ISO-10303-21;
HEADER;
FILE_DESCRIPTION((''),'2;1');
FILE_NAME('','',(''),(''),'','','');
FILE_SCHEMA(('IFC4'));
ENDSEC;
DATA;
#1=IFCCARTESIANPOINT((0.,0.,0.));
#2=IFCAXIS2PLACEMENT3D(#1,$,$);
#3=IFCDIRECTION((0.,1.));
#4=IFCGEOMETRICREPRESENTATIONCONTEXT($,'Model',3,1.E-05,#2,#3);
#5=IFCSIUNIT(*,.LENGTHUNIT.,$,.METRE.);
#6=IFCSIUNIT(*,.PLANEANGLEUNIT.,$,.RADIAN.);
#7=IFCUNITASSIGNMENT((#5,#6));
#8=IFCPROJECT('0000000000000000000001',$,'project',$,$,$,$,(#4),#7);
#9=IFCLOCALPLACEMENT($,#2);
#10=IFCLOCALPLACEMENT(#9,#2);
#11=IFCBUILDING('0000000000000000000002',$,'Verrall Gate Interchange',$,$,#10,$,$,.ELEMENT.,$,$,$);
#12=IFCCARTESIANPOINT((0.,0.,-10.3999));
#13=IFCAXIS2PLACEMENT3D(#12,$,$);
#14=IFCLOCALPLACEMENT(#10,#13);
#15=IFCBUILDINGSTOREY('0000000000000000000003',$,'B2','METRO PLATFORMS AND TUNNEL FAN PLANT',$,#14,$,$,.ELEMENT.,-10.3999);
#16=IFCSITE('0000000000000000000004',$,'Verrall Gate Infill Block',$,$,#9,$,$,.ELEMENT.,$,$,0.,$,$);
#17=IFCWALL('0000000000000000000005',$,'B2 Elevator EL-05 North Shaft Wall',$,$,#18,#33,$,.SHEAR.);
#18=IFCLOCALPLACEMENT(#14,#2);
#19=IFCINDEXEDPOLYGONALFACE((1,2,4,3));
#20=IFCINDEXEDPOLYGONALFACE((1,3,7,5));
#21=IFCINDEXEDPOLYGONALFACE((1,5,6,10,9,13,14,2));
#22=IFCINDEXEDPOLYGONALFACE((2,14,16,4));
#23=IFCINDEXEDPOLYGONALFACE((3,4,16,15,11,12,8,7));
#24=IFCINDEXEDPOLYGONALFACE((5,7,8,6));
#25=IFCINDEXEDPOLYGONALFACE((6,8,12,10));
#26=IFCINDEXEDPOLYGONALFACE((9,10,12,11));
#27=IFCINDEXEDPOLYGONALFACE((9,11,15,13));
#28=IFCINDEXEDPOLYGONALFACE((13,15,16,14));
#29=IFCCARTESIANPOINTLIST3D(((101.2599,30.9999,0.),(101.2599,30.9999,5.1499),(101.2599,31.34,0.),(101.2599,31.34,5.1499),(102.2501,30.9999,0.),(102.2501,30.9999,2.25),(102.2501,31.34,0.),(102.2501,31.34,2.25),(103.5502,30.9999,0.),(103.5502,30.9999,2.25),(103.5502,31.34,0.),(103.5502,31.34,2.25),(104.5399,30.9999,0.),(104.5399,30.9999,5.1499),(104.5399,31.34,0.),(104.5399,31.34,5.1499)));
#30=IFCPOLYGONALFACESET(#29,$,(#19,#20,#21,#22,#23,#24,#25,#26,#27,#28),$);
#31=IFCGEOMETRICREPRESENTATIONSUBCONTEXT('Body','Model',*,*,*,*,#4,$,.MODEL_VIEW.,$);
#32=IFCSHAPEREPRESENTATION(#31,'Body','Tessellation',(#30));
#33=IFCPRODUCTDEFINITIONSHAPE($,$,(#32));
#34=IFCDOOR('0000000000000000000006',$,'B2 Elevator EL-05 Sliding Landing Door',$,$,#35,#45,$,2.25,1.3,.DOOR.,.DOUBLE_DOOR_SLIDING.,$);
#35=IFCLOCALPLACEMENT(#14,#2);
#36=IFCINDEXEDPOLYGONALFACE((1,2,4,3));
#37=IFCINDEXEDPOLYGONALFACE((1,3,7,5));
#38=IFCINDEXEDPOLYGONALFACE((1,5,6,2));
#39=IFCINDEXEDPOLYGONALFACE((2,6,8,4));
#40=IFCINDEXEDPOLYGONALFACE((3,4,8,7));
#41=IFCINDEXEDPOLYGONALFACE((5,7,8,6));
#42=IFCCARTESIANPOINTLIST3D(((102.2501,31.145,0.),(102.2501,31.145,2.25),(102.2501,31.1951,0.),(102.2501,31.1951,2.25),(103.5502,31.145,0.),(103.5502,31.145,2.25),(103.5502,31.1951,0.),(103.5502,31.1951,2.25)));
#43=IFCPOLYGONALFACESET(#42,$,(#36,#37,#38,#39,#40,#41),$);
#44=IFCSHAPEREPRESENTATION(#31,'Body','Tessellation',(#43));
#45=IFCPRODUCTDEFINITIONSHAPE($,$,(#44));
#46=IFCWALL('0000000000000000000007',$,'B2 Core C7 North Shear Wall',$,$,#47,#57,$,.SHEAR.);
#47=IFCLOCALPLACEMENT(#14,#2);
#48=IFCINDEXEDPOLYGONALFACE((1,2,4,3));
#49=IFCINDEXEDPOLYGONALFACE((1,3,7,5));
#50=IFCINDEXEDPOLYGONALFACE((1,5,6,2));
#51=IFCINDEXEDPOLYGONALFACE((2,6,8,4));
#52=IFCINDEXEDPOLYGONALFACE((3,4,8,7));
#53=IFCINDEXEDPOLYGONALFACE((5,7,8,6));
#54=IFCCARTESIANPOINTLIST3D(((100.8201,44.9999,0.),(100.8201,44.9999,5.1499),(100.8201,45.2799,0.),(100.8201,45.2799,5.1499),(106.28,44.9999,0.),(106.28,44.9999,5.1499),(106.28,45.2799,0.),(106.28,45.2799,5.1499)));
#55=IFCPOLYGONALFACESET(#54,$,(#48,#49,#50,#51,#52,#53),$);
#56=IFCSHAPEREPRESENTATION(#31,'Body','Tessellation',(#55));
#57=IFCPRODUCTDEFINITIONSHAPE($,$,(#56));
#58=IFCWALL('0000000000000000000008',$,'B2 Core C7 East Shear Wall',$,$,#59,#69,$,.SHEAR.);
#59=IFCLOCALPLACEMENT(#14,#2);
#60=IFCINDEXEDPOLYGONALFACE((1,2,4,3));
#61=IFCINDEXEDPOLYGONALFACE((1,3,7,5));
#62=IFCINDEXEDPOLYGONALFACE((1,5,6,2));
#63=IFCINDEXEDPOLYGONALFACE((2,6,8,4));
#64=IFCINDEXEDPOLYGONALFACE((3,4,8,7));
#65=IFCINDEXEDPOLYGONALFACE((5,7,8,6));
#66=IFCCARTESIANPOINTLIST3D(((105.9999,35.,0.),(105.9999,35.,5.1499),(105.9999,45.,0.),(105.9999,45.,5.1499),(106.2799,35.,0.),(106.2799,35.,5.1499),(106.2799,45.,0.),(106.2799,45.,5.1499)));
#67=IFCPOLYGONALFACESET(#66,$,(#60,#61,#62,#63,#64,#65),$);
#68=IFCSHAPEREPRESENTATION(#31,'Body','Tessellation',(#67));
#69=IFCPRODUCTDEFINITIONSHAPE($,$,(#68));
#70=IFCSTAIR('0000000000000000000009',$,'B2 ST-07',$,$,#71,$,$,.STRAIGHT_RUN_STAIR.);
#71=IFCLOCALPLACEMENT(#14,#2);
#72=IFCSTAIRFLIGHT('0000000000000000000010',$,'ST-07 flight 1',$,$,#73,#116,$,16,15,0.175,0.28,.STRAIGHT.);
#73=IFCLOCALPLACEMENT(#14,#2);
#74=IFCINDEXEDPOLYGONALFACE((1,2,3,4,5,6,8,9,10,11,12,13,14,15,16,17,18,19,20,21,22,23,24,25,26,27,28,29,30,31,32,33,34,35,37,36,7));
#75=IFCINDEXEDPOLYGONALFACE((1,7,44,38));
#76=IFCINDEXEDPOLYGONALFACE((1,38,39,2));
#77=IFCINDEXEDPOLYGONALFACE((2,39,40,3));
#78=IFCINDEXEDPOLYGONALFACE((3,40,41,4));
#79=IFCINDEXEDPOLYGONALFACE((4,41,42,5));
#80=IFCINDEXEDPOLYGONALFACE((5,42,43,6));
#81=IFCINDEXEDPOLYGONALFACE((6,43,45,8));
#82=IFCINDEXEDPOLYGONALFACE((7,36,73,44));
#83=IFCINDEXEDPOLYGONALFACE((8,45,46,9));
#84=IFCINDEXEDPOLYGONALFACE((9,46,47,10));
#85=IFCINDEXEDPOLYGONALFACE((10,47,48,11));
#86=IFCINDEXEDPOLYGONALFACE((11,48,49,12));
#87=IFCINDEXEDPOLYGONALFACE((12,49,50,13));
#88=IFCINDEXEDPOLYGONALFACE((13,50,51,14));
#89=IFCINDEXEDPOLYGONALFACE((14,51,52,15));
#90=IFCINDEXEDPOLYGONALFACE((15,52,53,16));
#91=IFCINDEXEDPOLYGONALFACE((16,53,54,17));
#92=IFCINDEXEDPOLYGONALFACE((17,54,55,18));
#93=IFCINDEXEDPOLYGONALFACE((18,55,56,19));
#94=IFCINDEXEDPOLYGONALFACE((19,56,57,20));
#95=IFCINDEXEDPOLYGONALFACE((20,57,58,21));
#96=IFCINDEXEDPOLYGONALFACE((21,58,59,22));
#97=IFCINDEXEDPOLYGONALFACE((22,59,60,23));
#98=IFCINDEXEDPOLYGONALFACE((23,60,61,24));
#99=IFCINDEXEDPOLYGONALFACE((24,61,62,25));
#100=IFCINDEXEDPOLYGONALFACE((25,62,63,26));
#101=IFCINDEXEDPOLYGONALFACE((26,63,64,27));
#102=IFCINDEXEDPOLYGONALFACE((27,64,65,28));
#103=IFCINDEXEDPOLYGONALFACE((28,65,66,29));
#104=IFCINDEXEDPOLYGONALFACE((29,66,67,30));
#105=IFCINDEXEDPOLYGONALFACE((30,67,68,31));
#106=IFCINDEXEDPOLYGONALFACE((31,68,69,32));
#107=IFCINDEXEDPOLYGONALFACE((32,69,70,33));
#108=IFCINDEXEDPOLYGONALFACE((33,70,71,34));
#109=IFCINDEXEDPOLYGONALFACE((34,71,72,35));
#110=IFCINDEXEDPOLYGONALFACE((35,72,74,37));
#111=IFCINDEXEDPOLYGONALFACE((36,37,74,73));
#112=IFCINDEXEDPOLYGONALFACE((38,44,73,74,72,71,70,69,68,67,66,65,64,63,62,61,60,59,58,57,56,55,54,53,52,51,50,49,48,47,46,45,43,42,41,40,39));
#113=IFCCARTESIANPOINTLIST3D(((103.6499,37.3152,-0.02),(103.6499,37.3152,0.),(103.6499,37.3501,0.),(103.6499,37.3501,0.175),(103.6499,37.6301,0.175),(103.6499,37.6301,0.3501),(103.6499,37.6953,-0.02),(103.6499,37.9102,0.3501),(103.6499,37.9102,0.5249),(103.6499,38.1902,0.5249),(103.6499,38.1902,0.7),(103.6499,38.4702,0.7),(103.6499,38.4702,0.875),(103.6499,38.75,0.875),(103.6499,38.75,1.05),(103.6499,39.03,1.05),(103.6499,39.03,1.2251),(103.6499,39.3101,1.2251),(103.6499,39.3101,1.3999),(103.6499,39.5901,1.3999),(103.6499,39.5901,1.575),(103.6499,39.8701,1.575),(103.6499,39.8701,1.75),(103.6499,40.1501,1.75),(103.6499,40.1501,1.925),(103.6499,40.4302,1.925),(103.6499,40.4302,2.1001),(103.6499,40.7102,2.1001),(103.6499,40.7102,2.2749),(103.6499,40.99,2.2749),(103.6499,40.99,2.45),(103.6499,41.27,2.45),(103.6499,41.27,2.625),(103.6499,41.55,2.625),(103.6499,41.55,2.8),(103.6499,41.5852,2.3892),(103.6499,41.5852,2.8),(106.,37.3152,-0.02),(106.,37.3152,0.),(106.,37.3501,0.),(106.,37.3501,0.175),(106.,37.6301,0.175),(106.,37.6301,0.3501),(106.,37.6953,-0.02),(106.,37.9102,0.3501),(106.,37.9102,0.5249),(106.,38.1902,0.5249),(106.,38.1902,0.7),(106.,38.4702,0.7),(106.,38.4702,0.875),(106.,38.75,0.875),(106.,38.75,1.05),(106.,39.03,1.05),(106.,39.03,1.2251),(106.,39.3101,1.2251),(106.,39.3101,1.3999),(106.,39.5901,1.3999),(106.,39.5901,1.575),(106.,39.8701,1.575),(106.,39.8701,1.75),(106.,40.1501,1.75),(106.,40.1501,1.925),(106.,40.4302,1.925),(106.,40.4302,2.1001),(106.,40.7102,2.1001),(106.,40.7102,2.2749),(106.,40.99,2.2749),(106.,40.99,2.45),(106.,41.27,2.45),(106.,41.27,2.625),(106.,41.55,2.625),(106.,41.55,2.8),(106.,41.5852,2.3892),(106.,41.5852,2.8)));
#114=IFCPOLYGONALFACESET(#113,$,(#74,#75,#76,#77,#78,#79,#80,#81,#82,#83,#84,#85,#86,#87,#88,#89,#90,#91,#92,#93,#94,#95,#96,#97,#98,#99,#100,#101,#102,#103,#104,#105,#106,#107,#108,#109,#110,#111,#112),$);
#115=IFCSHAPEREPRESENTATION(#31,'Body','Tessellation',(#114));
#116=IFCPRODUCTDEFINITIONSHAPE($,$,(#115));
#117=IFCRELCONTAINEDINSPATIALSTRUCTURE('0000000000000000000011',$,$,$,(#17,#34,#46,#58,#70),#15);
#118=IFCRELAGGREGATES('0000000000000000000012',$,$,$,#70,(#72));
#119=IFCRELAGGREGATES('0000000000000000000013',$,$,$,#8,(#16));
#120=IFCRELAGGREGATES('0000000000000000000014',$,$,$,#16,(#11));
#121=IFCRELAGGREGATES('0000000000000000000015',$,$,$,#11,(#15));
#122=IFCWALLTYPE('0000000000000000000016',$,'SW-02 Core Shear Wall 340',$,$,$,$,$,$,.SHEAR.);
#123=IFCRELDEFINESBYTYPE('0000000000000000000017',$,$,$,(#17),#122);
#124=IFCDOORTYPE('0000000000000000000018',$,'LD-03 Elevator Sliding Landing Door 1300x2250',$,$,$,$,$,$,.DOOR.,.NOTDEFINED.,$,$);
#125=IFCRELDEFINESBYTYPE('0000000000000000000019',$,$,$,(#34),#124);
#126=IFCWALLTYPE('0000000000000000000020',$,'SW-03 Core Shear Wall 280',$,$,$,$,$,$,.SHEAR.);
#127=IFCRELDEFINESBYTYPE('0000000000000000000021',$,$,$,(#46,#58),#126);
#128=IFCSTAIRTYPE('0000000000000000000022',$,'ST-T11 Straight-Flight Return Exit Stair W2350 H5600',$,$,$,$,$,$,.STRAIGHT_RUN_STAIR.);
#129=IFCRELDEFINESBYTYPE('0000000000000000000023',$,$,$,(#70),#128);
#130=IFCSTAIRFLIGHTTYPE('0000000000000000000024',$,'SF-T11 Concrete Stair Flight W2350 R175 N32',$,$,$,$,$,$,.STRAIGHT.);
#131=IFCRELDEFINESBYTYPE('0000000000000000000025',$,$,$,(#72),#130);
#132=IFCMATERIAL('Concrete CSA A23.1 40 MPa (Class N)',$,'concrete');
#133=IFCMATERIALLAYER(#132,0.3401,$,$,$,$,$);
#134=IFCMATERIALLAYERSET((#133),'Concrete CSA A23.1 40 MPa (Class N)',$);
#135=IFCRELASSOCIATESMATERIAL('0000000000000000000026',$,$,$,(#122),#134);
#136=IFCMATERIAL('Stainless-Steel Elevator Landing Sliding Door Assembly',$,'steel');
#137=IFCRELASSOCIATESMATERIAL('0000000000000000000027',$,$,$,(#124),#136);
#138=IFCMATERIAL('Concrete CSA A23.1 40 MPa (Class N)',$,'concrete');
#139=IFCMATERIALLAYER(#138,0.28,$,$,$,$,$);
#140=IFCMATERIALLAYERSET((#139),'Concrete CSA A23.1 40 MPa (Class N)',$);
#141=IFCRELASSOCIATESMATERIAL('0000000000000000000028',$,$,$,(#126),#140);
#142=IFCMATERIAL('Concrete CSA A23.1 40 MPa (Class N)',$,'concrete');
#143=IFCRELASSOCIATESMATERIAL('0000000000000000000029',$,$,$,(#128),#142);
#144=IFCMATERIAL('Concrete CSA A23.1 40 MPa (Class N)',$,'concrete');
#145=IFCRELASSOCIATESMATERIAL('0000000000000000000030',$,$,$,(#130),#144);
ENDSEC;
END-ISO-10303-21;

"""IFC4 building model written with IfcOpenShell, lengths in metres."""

from ifc_helpers import new_model, si_unit, direction, frame, frame_2d, origin, place, context, subcontext, project, spatial, polyline, rectangle, outline, extrude, material, layer, layer_set, type_object, element, fill, aggregate, save


model = new_model("IFC4")

# Units and contexts
model_context = context("Model", 3, precision=1e-05, world=origin(), true_north=direction((0.0, 1.0)))
body_context = subcontext(model_context, "Body", "Model", "MODEL_VIEW")
ifc_project = project(units=[si_unit("LENGTHUNIT", "METRE"), si_unit("PLANEANGLEUNIT", "RADIAN")], contexts=[model_context])

# Site, building, storey
site_placement = place(None, origin())
site = spatial("IfcSite", under=ifc_project, at=site_placement, Name="Verrall Gate Infill Block", CompositionType="ELEMENT", RefElevation=0.0)
building_placement = place(site_placement, origin())
building = spatial("IfcBuilding", under=site, at=building_placement, Name="Verrall Gate Interchange", CompositionType="ELEMENT")
storey_placement = place(building_placement, frame((0.0, 0.0, -10.3999)))
storey = spatial("IfcBuildingStorey", under=building, at=storey_placement, Name="B2", Description="METRO PLATFORMS AND TUNNEL FAN PLANT", CompositionType="ELEMENT", Elevation=-10.3999)

# Wall, opening, door
ifc_material_1 = material(Name="Concrete CSA A23.1 40 MPa (Class N)", Category="concrete")
ifc_layer_1 = layer(ifc_material_1, 0.3401)
ifc_layer_set_1 = layer_set([ifc_layer_1], Name="Concrete CSA A23.1 40 MPa (Class N)")
wall_type_1 = type_object("IfcWallType", Name="SW-02 Core Shear Wall 340", PredefinedType="SHEAR", material=ifc_layer_set_1)
wall_1_placement = place(storey_placement, frame((104.54, 31.1699, 0.0), z_axis=(0.0, 0.0, 1.0), x_axis=(-1.0, 0.0, 0.0)))
wall_1 = element("IfcWall", 1, at=wall_1_placement, inside=storey, type_object=wall_type_1, Name="B2 Elevator EL-05 North Shaft Wall", PredefinedType="SHEAR", context=body_context, shape_type="SweptSolid", body=[
    extrude(rectangle(XDim=3.28, YDim=0.3401, at=frame_2d((1.6401, 0.0))), origin(), (0.0, 0.0, 1.0), 5.1499),
])
opening_1_placement = place(wall_1_placement, frame((0.99, 0.0, 0.0)))
opening_1 = element("IfcOpeningElement", 2, at=opening_1_placement, cuts=wall_1, PredefinedType="OPENING", context=body_context, shape_type="SweptSolid", body=[
    extrude(rectangle(XDim=1.3, YDim=2.25, at=frame_2d((0.6499, 1.125))), frame((0.0, 0.1851, 0.0), z_axis=(0.0, -1.0, 0.0), x_axis=(1.0, 0.0, 0.0)), (0.0, 0.0, 1.0), 0.3699),
])
ifc_material_2 = material(Name="Stainless-Steel Elevator Landing Sliding Door Assembly", Category="steel")
door_type_1 = type_object("IfcDoorType", Name="LD-03 Elevator Sliding Landing Door 1300x2250", OperationType="NOTDEFINED", PredefinedType="DOOR", material=ifc_material_2)
door_1_placement = place(opening_1_placement, origin())
door_1 = element("IfcDoor", 3, at=door_1_placement, inside=storey, type_object=door_type_1, Name="B2 Elevator EL-05 Sliding Landing Door", OperationType="DOUBLE_DOOR_SLIDING", OverallHeight=2.25, OverallWidth=1.3, PredefinedType="DOOR", context=body_context, shape_type="SweptSolid", body=[
    extrude(rectangle(XDim=1.3, YDim=2.25, at=frame_2d((0.6499, 1.125))), frame((0.0, 0.0249, 0.0), z_axis=(0.0, -1.0, 0.0), x_axis=(1.0, 0.0, 0.0)), (0.0, 0.0, 1.0), 0.05),
])
fill(opening_1, door_1)

# Walls
ifc_material_3 = material(Name="Concrete CSA A23.1 40 MPa (Class N)", Category="concrete")
ifc_layer_2 = layer(ifc_material_3, 0.28)
ifc_layer_set_2 = layer_set([ifc_layer_2], Name="Concrete CSA A23.1 40 MPa (Class N)")
wall_type_2 = type_object("IfcWallType", Name="SW-03 Core Shear Wall 280", PredefinedType="SHEAR", material=ifc_layer_set_2)
wall_2_placement = place(storey_placement, frame((106.28, 45.1399, 0.0), z_axis=(0.0, 0.0, 1.0), x_axis=(-1.0, 0.0, 0.0)))
element("IfcWall", 4, at=wall_2_placement, inside=storey, type_object=wall_type_2, Name="B2 Core C7 North Shear Wall", PredefinedType="SHEAR", context=body_context, shape_type="SweptSolid", body=[
    extrude(rectangle(XDim=5.46, YDim=0.28, at=frame_2d((2.73, 0.0))), origin(), (0.0, 0.0, 1.0), 5.1499),
])
wall_3_placement = place(storey_placement, frame((106.1399, 35.0, 0.0), z_axis=(0.0, 0.0, 1.0), x_axis=(0.0, 1.0, 0.0)))
element("IfcWall", 5, at=wall_3_placement, inside=storey, type_object=wall_type_2, Name="B2 Core C7 East Shear Wall", PredefinedType="SHEAR", context=body_context, shape_type="SweptSolid", body=[
    extrude(rectangle(XDim=10.0, YDim=0.28, at=frame_2d((5.0, 0.0))), origin(), (0.0, 0.0, 1.0), 5.1499),
])

# Stair, stair flight
ifc_material_4 = material(Name="Concrete CSA A23.1 40 MPa (Class N)", Category="concrete")
stair_type = type_object("IfcStairType", Name="ST-T11 Straight-Flight Return Exit Stair W2350 H5600", PredefinedType="STRAIGHT_RUN_STAIR", material=ifc_material_4)
stair_placement = place(storey_placement, origin())
stair = element("IfcStair", 6, at=stair_placement, inside=storey, type_object=stair_type, Name="B2 ST-07", PredefinedType="STRAIGHT_RUN_STAIR")
ifc_material_5 = material(Name="Concrete CSA A23.1 40 MPa (Class N)", Category="concrete")
stair_flight_type = type_object("IfcStairFlightType", Name="SF-T11 Concrete Stair Flight W2350 R175 N32", PredefinedType="STRAIGHT", material=ifc_material_5)
stair_flight_placement = place(storey_placement, frame((104.825, 37.3501, 0.0), z_axis=(0.0, 0.0, 1.0), x_axis=(0.0, 1.0, 0.0)))
stair_flight = element("IfcStairFlight", 7, at=stair_flight_placement, type_object=stair_flight_type, Name="ST-07 flight 1", NumberOfRisers=16, NumberOfTreads=15, PredefinedType="STRAIGHT", RiserHeight=0.175, TreadLength=0.28, context=body_context, shape_type="SweptSolid", body=[
    extrude(outline(polyline([(-0.0349, -0.02), (-0.0349, 0.0), (0.0, 0.0), (0.0, 0.175), (0.28, 0.175), (0.28, 0.3501), (0.5601, 0.3501), (0.5601, 0.5249), (0.8401, 0.5249), (0.8401, 0.7), (1.1201, 0.7), (1.1201, 0.875), (1.3999, 0.875), (1.3999, 1.05), (1.6799, 1.05), (1.6799, 1.2251), (1.96, 1.2251), (1.96, 1.3999), (2.24, 1.3999), (2.24, 1.575), (2.52, 1.575), (2.52, 1.75), (2.8, 1.75), (2.8, 1.925), (3.0801, 1.925), (3.0801, 2.1001), (3.3601, 2.1001), (3.3601, 2.2749), (3.6399, 2.2749), (3.6399, 2.45), (3.9199, 2.45), (3.9199, 2.625), (4.2, 2.625), (4.2, 2.8), (4.2351, 2.8), (4.2351, 2.3892), (0.3452, -0.02), (-0.0349, -0.02)])), frame((0.0, 1.175, 0.0), z_axis=(0.0, -1.0, 0.0), x_axis=(1.0, 0.0, 0.0)), (0.0, 0.0, 1.0), 2.3501),
])
aggregate(stair, [stair_flight])

save(model, "model.ifc")
